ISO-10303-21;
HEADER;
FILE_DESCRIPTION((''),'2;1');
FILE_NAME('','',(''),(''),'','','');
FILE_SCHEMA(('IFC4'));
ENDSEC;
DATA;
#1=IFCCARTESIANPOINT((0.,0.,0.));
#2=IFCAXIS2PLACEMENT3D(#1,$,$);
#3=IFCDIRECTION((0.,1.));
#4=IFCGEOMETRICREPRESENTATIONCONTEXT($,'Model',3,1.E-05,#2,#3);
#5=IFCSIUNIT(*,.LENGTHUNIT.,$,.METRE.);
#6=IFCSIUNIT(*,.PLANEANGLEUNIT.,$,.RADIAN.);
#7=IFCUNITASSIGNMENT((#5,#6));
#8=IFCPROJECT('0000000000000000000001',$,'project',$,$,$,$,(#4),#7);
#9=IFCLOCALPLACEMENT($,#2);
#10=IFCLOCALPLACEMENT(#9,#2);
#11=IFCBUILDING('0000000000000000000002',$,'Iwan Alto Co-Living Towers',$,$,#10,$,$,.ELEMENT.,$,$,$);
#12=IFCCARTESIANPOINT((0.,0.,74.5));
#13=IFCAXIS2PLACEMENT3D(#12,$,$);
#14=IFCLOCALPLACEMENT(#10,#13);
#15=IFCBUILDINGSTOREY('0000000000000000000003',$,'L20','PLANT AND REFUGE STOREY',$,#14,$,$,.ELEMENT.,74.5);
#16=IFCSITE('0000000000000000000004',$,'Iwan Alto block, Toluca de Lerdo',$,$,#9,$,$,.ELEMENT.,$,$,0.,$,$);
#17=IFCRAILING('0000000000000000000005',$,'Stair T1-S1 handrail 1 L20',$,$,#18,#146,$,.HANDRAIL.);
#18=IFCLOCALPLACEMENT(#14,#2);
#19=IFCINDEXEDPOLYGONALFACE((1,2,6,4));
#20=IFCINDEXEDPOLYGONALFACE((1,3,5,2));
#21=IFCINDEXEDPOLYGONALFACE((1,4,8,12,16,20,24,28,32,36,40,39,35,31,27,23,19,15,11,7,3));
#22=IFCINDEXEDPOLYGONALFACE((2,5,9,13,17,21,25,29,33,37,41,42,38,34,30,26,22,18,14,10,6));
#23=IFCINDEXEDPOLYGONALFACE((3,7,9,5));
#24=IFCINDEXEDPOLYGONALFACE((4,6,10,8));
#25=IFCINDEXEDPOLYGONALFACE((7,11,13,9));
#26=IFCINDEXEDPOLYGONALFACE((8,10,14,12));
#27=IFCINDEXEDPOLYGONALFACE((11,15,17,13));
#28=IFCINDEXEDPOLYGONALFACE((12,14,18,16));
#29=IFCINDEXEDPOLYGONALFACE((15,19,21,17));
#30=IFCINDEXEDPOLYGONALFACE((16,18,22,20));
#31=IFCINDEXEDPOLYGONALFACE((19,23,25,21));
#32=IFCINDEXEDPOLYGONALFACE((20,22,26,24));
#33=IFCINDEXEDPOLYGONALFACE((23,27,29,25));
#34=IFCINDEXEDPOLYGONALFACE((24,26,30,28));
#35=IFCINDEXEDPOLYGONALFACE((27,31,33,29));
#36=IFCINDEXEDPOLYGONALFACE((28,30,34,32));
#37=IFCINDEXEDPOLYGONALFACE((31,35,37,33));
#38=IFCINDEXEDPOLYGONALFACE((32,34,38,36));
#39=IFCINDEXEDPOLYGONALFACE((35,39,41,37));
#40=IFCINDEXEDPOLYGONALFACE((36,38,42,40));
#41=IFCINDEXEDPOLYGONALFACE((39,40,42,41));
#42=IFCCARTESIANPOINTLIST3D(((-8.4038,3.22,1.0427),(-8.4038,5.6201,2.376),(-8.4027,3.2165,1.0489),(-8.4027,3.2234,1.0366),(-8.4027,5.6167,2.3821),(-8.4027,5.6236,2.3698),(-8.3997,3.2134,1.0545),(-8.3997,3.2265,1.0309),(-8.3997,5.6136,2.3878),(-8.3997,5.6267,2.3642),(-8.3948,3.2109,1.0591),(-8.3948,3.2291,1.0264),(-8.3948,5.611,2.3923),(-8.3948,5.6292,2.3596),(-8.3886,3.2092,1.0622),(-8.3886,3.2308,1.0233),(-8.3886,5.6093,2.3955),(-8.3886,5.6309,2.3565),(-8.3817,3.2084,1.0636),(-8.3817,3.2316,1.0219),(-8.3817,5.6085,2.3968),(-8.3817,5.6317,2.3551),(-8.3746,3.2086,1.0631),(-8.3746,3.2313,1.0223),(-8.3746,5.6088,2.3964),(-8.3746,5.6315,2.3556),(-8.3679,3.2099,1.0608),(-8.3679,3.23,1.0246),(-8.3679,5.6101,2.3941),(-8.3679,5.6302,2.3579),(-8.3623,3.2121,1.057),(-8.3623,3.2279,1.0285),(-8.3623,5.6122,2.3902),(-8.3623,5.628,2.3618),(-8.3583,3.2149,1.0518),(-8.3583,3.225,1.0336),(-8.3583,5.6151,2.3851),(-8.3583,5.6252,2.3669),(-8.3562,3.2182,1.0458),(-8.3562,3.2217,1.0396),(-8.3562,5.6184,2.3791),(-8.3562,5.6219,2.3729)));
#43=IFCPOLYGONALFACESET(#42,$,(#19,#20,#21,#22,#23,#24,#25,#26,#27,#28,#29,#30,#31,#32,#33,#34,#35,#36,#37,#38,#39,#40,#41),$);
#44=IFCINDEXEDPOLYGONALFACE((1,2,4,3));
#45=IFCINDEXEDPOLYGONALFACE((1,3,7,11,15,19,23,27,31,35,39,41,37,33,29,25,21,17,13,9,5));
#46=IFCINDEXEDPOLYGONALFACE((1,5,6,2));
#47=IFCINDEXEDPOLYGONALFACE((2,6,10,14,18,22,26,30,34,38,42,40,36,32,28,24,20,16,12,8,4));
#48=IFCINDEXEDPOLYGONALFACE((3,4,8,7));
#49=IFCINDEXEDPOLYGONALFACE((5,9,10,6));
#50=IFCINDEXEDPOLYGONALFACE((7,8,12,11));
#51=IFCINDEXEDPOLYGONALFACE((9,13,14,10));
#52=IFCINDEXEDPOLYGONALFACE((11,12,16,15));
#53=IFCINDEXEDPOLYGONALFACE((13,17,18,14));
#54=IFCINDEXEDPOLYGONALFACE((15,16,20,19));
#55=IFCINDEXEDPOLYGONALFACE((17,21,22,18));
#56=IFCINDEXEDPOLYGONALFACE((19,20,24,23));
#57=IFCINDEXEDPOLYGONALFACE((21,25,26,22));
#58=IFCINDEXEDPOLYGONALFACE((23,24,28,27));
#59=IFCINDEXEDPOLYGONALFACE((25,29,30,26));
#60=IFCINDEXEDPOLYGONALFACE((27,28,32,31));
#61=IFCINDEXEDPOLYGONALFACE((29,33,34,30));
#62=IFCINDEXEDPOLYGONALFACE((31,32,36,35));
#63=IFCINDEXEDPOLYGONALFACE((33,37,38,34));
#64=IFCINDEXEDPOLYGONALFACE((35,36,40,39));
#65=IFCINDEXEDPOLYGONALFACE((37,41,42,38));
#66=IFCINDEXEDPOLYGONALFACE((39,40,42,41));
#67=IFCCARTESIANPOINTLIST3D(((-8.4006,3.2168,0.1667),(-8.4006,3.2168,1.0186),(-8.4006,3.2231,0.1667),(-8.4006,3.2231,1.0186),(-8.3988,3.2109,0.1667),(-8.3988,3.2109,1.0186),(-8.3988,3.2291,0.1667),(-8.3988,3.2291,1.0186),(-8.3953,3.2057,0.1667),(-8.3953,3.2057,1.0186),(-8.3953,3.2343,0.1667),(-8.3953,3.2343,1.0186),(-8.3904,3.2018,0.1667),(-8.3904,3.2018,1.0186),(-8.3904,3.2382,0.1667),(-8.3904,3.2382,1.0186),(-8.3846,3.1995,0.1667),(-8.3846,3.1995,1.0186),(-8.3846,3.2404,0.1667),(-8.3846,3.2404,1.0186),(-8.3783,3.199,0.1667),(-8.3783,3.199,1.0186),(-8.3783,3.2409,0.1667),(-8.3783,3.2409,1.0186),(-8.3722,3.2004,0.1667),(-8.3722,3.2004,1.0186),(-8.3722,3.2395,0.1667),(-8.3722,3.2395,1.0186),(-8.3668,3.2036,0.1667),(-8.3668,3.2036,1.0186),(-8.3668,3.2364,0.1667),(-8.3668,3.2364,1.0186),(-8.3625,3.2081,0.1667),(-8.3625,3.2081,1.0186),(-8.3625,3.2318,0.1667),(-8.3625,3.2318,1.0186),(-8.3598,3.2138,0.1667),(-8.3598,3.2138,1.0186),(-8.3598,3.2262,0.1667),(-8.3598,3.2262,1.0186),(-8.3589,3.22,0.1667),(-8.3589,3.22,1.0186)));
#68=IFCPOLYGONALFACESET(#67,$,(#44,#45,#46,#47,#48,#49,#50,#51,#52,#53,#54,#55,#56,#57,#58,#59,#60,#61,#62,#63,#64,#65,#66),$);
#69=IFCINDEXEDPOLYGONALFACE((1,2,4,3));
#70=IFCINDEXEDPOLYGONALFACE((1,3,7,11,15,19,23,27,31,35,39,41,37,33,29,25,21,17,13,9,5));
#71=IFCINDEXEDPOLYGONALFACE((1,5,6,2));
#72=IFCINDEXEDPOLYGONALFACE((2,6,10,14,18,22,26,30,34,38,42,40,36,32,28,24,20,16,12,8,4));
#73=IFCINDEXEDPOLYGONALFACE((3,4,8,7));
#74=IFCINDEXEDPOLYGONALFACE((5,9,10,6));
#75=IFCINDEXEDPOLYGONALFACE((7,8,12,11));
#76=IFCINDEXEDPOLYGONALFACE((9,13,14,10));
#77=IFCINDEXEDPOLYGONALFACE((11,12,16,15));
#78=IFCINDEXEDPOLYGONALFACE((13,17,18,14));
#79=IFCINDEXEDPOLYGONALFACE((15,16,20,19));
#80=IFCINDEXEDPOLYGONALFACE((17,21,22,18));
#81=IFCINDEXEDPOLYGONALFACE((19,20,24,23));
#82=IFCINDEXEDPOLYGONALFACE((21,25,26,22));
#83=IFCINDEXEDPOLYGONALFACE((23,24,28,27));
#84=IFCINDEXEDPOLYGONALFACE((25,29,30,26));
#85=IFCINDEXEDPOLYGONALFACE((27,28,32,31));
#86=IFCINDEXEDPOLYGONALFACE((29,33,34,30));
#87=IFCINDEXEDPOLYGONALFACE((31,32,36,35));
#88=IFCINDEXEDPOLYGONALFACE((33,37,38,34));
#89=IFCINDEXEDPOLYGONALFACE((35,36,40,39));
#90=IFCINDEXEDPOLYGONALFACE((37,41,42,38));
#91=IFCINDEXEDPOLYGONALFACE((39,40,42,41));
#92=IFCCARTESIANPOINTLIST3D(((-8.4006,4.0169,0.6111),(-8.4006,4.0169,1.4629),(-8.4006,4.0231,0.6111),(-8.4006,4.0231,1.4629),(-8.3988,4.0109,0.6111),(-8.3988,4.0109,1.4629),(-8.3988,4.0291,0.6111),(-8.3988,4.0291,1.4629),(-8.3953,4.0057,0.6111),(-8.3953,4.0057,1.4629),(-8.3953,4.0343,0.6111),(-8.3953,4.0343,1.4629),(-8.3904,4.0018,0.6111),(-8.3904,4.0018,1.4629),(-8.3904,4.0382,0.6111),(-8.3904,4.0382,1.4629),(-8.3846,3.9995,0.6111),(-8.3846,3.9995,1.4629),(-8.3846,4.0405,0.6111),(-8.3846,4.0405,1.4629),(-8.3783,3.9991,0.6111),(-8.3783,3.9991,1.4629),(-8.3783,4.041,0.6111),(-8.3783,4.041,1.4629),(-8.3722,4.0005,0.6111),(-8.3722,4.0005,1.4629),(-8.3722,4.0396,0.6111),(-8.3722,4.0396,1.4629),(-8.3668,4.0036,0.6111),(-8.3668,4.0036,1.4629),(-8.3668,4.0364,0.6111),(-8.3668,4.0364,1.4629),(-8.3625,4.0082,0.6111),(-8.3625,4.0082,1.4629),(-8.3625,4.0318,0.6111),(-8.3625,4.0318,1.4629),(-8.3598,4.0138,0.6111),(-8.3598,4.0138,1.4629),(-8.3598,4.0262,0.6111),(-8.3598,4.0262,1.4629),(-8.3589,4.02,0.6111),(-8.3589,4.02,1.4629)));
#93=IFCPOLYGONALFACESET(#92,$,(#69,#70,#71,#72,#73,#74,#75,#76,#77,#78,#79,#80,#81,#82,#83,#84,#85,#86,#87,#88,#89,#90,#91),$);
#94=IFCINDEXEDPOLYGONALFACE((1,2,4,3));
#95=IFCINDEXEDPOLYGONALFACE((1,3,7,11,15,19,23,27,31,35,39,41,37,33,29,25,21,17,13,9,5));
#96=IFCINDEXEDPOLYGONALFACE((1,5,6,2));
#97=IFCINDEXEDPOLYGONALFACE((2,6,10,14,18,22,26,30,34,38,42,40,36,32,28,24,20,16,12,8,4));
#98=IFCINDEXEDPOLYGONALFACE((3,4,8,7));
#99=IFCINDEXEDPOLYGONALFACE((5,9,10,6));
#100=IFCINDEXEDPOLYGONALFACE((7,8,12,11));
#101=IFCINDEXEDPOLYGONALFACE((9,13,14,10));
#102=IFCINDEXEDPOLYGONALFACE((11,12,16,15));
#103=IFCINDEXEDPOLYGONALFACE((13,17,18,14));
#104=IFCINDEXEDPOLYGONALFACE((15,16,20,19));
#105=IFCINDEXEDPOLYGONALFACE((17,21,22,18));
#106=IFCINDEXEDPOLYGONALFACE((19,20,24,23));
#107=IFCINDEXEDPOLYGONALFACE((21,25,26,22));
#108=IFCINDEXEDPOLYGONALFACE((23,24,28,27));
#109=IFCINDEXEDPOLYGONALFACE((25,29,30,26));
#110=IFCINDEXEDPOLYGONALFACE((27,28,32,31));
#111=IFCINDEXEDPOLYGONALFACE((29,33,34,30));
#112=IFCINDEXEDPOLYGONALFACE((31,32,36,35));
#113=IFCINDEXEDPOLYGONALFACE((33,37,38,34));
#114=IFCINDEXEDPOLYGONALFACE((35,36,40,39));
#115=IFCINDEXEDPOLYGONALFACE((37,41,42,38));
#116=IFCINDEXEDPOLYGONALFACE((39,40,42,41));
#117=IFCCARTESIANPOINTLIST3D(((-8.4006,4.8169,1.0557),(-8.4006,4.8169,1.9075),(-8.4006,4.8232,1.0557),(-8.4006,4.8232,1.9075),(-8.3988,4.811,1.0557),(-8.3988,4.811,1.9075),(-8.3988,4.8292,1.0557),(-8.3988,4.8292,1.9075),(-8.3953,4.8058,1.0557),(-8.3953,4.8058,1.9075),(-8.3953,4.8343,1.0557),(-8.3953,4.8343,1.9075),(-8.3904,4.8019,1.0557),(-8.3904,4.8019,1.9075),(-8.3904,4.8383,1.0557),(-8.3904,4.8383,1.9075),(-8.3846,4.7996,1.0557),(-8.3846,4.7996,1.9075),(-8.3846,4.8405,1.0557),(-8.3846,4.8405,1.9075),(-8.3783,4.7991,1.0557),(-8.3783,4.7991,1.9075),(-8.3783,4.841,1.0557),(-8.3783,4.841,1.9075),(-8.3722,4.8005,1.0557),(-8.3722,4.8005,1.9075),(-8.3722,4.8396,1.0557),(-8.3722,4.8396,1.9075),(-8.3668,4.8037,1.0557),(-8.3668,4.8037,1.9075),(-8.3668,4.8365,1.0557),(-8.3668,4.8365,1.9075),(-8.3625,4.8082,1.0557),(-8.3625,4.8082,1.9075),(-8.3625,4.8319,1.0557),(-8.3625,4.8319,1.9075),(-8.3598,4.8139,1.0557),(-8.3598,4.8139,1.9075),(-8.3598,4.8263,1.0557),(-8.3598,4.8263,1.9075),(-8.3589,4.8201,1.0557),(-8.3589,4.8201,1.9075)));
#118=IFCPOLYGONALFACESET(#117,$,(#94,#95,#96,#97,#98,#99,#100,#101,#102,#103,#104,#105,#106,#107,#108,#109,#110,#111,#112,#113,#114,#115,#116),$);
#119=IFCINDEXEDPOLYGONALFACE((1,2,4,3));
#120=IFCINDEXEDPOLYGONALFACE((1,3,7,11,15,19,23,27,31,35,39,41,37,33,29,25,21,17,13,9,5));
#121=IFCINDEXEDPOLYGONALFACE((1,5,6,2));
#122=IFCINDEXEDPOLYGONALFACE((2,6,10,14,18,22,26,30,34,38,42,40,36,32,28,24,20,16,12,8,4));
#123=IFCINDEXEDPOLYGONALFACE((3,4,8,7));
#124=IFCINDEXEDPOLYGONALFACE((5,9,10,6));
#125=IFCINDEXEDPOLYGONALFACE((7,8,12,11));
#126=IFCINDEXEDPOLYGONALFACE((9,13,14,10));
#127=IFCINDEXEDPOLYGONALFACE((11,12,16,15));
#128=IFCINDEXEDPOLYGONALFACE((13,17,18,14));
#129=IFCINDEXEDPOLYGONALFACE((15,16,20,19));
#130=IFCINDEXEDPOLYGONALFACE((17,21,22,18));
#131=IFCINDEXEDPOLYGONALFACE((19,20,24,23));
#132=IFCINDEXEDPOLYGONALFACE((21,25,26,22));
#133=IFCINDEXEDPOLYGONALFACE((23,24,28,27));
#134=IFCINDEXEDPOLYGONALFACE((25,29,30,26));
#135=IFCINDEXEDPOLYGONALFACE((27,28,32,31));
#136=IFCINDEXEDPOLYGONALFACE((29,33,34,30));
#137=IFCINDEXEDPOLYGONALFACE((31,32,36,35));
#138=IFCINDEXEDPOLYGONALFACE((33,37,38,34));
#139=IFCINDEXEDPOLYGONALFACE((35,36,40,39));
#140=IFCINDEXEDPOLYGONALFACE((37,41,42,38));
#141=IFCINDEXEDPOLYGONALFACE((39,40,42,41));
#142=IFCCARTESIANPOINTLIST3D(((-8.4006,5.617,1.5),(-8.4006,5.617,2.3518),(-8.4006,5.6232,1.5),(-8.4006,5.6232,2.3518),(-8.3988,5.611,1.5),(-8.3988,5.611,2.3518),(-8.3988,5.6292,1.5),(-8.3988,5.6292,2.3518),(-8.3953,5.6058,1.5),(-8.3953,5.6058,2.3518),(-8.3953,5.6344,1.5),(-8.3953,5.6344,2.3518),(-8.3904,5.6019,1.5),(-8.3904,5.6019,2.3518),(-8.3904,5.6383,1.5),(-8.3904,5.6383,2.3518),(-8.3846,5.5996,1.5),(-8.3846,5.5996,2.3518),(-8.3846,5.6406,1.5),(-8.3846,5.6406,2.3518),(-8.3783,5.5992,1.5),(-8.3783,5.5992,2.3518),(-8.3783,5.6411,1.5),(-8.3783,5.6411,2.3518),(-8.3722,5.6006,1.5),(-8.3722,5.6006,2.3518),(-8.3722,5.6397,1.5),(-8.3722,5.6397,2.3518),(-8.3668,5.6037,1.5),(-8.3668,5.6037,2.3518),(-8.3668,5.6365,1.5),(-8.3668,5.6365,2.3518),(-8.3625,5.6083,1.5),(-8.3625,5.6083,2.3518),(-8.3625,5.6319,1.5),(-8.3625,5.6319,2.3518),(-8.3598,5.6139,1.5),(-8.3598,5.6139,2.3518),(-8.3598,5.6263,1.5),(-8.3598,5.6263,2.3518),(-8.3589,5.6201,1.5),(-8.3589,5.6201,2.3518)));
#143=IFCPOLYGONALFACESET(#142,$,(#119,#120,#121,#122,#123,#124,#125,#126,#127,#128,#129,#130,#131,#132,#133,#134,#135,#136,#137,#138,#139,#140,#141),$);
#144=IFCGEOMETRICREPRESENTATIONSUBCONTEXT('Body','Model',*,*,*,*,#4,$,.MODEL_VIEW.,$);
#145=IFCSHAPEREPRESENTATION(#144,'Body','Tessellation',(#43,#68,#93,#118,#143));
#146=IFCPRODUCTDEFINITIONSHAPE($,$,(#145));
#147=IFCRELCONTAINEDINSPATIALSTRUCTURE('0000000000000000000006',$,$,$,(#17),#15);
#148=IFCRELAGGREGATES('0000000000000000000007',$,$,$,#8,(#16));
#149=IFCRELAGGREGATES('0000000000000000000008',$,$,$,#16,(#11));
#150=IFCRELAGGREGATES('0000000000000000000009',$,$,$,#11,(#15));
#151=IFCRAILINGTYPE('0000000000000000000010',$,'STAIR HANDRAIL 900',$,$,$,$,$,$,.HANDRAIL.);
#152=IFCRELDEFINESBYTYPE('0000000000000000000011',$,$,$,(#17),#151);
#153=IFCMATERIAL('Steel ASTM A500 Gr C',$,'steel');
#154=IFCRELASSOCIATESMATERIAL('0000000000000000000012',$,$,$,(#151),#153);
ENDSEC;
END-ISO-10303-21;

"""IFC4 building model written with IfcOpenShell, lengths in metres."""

from ifc_helpers import new_model, si_unit, direction, frame, origin, origin_2d, place, context, subcontext, project, spatial, circle, extrude, material, type_object, element, save


model = new_model("IFC4")

# Units and contexts
model_context = context("Model", 3, precision=1e-05, world=origin(), true_north=direction((0.0, 1.0)))
body_context = subcontext(model_context, "Body", "Model", "MODEL_VIEW")
ifc_project = project(units=[si_unit("LENGTHUNIT", "METRE"), si_unit("PLANEANGLEUNIT", "RADIAN")], contexts=[model_context])

# Site, building, storey
site_placement = place(None, origin())
site = spatial("IfcSite", under=ifc_project, at=site_placement, Name="Iwan Alto block, Toluca de Lerdo", CompositionType="ELEMENT", RefElevation=0.0)
building_placement = place(site_placement, origin())
building = spatial("IfcBuilding", under=site, at=building_placement, Name="Iwan Alto Co-Living Towers", CompositionType="ELEMENT")
storey_placement = place(building_placement, frame((0.0, 0.0, 74.5)))
storey = spatial("IfcBuildingStorey", under=building, at=storey_placement, Name="L20", Description="PLANT AND REFUGE STOREY", CompositionType="ELEMENT", Elevation=74.5)

# Railing
ifc_material_1 = material(Name="Steel ASTM A500 Gr C", Category="steel")
railing_type_1 = type_object("IfcRailingType", Name="STAIR HANDRAIL 900", PredefinedType="HANDRAIL", material=ifc_material_1)
railing_1_placement = place(storey_placement, frame((-8.3799, 3.22, 0.1667)))
element("IfcRailing", 1, at=railing_1_placement, inside=storey, type_object=railing_type_1, Name="Stair T1-S1 handrail 1 L20", PredefinedType="HANDRAIL", context=body_context, shape_type="SweptSolid", body=[
    extrude(circle(Radius=0.0239, at=origin_2d()), frame((0.0, 0.0, 0.876), z_axis=(0.0, 0.874182, 0.485598), x_axis=(-1.0, 0.0, 0.0)), (0.0, 0.0, 1.0), 2.7456),
    extrude(circle(Radius=0.021, at=origin_2d()), origin(), (0.0, 0.0, 1.0), 0.8518),
    extrude(circle(Radius=0.021, at=origin_2d()), frame((0.0, 0.8, 0.4443)), (0.0, 0.0, 1.0), 0.8518),
    extrude(circle(Radius=0.021, at=origin_2d()), frame((0.0, 1.6001, 0.8889)), (0.0, 0.0, 1.0), 0.8518),
    extrude(circle(Radius=0.021, at=origin_2d()), frame((0.0, 2.4001, 1.3333)), (0.0, 0.0, 1.0), 0.8518),
])

save(model, "model.ifc")
